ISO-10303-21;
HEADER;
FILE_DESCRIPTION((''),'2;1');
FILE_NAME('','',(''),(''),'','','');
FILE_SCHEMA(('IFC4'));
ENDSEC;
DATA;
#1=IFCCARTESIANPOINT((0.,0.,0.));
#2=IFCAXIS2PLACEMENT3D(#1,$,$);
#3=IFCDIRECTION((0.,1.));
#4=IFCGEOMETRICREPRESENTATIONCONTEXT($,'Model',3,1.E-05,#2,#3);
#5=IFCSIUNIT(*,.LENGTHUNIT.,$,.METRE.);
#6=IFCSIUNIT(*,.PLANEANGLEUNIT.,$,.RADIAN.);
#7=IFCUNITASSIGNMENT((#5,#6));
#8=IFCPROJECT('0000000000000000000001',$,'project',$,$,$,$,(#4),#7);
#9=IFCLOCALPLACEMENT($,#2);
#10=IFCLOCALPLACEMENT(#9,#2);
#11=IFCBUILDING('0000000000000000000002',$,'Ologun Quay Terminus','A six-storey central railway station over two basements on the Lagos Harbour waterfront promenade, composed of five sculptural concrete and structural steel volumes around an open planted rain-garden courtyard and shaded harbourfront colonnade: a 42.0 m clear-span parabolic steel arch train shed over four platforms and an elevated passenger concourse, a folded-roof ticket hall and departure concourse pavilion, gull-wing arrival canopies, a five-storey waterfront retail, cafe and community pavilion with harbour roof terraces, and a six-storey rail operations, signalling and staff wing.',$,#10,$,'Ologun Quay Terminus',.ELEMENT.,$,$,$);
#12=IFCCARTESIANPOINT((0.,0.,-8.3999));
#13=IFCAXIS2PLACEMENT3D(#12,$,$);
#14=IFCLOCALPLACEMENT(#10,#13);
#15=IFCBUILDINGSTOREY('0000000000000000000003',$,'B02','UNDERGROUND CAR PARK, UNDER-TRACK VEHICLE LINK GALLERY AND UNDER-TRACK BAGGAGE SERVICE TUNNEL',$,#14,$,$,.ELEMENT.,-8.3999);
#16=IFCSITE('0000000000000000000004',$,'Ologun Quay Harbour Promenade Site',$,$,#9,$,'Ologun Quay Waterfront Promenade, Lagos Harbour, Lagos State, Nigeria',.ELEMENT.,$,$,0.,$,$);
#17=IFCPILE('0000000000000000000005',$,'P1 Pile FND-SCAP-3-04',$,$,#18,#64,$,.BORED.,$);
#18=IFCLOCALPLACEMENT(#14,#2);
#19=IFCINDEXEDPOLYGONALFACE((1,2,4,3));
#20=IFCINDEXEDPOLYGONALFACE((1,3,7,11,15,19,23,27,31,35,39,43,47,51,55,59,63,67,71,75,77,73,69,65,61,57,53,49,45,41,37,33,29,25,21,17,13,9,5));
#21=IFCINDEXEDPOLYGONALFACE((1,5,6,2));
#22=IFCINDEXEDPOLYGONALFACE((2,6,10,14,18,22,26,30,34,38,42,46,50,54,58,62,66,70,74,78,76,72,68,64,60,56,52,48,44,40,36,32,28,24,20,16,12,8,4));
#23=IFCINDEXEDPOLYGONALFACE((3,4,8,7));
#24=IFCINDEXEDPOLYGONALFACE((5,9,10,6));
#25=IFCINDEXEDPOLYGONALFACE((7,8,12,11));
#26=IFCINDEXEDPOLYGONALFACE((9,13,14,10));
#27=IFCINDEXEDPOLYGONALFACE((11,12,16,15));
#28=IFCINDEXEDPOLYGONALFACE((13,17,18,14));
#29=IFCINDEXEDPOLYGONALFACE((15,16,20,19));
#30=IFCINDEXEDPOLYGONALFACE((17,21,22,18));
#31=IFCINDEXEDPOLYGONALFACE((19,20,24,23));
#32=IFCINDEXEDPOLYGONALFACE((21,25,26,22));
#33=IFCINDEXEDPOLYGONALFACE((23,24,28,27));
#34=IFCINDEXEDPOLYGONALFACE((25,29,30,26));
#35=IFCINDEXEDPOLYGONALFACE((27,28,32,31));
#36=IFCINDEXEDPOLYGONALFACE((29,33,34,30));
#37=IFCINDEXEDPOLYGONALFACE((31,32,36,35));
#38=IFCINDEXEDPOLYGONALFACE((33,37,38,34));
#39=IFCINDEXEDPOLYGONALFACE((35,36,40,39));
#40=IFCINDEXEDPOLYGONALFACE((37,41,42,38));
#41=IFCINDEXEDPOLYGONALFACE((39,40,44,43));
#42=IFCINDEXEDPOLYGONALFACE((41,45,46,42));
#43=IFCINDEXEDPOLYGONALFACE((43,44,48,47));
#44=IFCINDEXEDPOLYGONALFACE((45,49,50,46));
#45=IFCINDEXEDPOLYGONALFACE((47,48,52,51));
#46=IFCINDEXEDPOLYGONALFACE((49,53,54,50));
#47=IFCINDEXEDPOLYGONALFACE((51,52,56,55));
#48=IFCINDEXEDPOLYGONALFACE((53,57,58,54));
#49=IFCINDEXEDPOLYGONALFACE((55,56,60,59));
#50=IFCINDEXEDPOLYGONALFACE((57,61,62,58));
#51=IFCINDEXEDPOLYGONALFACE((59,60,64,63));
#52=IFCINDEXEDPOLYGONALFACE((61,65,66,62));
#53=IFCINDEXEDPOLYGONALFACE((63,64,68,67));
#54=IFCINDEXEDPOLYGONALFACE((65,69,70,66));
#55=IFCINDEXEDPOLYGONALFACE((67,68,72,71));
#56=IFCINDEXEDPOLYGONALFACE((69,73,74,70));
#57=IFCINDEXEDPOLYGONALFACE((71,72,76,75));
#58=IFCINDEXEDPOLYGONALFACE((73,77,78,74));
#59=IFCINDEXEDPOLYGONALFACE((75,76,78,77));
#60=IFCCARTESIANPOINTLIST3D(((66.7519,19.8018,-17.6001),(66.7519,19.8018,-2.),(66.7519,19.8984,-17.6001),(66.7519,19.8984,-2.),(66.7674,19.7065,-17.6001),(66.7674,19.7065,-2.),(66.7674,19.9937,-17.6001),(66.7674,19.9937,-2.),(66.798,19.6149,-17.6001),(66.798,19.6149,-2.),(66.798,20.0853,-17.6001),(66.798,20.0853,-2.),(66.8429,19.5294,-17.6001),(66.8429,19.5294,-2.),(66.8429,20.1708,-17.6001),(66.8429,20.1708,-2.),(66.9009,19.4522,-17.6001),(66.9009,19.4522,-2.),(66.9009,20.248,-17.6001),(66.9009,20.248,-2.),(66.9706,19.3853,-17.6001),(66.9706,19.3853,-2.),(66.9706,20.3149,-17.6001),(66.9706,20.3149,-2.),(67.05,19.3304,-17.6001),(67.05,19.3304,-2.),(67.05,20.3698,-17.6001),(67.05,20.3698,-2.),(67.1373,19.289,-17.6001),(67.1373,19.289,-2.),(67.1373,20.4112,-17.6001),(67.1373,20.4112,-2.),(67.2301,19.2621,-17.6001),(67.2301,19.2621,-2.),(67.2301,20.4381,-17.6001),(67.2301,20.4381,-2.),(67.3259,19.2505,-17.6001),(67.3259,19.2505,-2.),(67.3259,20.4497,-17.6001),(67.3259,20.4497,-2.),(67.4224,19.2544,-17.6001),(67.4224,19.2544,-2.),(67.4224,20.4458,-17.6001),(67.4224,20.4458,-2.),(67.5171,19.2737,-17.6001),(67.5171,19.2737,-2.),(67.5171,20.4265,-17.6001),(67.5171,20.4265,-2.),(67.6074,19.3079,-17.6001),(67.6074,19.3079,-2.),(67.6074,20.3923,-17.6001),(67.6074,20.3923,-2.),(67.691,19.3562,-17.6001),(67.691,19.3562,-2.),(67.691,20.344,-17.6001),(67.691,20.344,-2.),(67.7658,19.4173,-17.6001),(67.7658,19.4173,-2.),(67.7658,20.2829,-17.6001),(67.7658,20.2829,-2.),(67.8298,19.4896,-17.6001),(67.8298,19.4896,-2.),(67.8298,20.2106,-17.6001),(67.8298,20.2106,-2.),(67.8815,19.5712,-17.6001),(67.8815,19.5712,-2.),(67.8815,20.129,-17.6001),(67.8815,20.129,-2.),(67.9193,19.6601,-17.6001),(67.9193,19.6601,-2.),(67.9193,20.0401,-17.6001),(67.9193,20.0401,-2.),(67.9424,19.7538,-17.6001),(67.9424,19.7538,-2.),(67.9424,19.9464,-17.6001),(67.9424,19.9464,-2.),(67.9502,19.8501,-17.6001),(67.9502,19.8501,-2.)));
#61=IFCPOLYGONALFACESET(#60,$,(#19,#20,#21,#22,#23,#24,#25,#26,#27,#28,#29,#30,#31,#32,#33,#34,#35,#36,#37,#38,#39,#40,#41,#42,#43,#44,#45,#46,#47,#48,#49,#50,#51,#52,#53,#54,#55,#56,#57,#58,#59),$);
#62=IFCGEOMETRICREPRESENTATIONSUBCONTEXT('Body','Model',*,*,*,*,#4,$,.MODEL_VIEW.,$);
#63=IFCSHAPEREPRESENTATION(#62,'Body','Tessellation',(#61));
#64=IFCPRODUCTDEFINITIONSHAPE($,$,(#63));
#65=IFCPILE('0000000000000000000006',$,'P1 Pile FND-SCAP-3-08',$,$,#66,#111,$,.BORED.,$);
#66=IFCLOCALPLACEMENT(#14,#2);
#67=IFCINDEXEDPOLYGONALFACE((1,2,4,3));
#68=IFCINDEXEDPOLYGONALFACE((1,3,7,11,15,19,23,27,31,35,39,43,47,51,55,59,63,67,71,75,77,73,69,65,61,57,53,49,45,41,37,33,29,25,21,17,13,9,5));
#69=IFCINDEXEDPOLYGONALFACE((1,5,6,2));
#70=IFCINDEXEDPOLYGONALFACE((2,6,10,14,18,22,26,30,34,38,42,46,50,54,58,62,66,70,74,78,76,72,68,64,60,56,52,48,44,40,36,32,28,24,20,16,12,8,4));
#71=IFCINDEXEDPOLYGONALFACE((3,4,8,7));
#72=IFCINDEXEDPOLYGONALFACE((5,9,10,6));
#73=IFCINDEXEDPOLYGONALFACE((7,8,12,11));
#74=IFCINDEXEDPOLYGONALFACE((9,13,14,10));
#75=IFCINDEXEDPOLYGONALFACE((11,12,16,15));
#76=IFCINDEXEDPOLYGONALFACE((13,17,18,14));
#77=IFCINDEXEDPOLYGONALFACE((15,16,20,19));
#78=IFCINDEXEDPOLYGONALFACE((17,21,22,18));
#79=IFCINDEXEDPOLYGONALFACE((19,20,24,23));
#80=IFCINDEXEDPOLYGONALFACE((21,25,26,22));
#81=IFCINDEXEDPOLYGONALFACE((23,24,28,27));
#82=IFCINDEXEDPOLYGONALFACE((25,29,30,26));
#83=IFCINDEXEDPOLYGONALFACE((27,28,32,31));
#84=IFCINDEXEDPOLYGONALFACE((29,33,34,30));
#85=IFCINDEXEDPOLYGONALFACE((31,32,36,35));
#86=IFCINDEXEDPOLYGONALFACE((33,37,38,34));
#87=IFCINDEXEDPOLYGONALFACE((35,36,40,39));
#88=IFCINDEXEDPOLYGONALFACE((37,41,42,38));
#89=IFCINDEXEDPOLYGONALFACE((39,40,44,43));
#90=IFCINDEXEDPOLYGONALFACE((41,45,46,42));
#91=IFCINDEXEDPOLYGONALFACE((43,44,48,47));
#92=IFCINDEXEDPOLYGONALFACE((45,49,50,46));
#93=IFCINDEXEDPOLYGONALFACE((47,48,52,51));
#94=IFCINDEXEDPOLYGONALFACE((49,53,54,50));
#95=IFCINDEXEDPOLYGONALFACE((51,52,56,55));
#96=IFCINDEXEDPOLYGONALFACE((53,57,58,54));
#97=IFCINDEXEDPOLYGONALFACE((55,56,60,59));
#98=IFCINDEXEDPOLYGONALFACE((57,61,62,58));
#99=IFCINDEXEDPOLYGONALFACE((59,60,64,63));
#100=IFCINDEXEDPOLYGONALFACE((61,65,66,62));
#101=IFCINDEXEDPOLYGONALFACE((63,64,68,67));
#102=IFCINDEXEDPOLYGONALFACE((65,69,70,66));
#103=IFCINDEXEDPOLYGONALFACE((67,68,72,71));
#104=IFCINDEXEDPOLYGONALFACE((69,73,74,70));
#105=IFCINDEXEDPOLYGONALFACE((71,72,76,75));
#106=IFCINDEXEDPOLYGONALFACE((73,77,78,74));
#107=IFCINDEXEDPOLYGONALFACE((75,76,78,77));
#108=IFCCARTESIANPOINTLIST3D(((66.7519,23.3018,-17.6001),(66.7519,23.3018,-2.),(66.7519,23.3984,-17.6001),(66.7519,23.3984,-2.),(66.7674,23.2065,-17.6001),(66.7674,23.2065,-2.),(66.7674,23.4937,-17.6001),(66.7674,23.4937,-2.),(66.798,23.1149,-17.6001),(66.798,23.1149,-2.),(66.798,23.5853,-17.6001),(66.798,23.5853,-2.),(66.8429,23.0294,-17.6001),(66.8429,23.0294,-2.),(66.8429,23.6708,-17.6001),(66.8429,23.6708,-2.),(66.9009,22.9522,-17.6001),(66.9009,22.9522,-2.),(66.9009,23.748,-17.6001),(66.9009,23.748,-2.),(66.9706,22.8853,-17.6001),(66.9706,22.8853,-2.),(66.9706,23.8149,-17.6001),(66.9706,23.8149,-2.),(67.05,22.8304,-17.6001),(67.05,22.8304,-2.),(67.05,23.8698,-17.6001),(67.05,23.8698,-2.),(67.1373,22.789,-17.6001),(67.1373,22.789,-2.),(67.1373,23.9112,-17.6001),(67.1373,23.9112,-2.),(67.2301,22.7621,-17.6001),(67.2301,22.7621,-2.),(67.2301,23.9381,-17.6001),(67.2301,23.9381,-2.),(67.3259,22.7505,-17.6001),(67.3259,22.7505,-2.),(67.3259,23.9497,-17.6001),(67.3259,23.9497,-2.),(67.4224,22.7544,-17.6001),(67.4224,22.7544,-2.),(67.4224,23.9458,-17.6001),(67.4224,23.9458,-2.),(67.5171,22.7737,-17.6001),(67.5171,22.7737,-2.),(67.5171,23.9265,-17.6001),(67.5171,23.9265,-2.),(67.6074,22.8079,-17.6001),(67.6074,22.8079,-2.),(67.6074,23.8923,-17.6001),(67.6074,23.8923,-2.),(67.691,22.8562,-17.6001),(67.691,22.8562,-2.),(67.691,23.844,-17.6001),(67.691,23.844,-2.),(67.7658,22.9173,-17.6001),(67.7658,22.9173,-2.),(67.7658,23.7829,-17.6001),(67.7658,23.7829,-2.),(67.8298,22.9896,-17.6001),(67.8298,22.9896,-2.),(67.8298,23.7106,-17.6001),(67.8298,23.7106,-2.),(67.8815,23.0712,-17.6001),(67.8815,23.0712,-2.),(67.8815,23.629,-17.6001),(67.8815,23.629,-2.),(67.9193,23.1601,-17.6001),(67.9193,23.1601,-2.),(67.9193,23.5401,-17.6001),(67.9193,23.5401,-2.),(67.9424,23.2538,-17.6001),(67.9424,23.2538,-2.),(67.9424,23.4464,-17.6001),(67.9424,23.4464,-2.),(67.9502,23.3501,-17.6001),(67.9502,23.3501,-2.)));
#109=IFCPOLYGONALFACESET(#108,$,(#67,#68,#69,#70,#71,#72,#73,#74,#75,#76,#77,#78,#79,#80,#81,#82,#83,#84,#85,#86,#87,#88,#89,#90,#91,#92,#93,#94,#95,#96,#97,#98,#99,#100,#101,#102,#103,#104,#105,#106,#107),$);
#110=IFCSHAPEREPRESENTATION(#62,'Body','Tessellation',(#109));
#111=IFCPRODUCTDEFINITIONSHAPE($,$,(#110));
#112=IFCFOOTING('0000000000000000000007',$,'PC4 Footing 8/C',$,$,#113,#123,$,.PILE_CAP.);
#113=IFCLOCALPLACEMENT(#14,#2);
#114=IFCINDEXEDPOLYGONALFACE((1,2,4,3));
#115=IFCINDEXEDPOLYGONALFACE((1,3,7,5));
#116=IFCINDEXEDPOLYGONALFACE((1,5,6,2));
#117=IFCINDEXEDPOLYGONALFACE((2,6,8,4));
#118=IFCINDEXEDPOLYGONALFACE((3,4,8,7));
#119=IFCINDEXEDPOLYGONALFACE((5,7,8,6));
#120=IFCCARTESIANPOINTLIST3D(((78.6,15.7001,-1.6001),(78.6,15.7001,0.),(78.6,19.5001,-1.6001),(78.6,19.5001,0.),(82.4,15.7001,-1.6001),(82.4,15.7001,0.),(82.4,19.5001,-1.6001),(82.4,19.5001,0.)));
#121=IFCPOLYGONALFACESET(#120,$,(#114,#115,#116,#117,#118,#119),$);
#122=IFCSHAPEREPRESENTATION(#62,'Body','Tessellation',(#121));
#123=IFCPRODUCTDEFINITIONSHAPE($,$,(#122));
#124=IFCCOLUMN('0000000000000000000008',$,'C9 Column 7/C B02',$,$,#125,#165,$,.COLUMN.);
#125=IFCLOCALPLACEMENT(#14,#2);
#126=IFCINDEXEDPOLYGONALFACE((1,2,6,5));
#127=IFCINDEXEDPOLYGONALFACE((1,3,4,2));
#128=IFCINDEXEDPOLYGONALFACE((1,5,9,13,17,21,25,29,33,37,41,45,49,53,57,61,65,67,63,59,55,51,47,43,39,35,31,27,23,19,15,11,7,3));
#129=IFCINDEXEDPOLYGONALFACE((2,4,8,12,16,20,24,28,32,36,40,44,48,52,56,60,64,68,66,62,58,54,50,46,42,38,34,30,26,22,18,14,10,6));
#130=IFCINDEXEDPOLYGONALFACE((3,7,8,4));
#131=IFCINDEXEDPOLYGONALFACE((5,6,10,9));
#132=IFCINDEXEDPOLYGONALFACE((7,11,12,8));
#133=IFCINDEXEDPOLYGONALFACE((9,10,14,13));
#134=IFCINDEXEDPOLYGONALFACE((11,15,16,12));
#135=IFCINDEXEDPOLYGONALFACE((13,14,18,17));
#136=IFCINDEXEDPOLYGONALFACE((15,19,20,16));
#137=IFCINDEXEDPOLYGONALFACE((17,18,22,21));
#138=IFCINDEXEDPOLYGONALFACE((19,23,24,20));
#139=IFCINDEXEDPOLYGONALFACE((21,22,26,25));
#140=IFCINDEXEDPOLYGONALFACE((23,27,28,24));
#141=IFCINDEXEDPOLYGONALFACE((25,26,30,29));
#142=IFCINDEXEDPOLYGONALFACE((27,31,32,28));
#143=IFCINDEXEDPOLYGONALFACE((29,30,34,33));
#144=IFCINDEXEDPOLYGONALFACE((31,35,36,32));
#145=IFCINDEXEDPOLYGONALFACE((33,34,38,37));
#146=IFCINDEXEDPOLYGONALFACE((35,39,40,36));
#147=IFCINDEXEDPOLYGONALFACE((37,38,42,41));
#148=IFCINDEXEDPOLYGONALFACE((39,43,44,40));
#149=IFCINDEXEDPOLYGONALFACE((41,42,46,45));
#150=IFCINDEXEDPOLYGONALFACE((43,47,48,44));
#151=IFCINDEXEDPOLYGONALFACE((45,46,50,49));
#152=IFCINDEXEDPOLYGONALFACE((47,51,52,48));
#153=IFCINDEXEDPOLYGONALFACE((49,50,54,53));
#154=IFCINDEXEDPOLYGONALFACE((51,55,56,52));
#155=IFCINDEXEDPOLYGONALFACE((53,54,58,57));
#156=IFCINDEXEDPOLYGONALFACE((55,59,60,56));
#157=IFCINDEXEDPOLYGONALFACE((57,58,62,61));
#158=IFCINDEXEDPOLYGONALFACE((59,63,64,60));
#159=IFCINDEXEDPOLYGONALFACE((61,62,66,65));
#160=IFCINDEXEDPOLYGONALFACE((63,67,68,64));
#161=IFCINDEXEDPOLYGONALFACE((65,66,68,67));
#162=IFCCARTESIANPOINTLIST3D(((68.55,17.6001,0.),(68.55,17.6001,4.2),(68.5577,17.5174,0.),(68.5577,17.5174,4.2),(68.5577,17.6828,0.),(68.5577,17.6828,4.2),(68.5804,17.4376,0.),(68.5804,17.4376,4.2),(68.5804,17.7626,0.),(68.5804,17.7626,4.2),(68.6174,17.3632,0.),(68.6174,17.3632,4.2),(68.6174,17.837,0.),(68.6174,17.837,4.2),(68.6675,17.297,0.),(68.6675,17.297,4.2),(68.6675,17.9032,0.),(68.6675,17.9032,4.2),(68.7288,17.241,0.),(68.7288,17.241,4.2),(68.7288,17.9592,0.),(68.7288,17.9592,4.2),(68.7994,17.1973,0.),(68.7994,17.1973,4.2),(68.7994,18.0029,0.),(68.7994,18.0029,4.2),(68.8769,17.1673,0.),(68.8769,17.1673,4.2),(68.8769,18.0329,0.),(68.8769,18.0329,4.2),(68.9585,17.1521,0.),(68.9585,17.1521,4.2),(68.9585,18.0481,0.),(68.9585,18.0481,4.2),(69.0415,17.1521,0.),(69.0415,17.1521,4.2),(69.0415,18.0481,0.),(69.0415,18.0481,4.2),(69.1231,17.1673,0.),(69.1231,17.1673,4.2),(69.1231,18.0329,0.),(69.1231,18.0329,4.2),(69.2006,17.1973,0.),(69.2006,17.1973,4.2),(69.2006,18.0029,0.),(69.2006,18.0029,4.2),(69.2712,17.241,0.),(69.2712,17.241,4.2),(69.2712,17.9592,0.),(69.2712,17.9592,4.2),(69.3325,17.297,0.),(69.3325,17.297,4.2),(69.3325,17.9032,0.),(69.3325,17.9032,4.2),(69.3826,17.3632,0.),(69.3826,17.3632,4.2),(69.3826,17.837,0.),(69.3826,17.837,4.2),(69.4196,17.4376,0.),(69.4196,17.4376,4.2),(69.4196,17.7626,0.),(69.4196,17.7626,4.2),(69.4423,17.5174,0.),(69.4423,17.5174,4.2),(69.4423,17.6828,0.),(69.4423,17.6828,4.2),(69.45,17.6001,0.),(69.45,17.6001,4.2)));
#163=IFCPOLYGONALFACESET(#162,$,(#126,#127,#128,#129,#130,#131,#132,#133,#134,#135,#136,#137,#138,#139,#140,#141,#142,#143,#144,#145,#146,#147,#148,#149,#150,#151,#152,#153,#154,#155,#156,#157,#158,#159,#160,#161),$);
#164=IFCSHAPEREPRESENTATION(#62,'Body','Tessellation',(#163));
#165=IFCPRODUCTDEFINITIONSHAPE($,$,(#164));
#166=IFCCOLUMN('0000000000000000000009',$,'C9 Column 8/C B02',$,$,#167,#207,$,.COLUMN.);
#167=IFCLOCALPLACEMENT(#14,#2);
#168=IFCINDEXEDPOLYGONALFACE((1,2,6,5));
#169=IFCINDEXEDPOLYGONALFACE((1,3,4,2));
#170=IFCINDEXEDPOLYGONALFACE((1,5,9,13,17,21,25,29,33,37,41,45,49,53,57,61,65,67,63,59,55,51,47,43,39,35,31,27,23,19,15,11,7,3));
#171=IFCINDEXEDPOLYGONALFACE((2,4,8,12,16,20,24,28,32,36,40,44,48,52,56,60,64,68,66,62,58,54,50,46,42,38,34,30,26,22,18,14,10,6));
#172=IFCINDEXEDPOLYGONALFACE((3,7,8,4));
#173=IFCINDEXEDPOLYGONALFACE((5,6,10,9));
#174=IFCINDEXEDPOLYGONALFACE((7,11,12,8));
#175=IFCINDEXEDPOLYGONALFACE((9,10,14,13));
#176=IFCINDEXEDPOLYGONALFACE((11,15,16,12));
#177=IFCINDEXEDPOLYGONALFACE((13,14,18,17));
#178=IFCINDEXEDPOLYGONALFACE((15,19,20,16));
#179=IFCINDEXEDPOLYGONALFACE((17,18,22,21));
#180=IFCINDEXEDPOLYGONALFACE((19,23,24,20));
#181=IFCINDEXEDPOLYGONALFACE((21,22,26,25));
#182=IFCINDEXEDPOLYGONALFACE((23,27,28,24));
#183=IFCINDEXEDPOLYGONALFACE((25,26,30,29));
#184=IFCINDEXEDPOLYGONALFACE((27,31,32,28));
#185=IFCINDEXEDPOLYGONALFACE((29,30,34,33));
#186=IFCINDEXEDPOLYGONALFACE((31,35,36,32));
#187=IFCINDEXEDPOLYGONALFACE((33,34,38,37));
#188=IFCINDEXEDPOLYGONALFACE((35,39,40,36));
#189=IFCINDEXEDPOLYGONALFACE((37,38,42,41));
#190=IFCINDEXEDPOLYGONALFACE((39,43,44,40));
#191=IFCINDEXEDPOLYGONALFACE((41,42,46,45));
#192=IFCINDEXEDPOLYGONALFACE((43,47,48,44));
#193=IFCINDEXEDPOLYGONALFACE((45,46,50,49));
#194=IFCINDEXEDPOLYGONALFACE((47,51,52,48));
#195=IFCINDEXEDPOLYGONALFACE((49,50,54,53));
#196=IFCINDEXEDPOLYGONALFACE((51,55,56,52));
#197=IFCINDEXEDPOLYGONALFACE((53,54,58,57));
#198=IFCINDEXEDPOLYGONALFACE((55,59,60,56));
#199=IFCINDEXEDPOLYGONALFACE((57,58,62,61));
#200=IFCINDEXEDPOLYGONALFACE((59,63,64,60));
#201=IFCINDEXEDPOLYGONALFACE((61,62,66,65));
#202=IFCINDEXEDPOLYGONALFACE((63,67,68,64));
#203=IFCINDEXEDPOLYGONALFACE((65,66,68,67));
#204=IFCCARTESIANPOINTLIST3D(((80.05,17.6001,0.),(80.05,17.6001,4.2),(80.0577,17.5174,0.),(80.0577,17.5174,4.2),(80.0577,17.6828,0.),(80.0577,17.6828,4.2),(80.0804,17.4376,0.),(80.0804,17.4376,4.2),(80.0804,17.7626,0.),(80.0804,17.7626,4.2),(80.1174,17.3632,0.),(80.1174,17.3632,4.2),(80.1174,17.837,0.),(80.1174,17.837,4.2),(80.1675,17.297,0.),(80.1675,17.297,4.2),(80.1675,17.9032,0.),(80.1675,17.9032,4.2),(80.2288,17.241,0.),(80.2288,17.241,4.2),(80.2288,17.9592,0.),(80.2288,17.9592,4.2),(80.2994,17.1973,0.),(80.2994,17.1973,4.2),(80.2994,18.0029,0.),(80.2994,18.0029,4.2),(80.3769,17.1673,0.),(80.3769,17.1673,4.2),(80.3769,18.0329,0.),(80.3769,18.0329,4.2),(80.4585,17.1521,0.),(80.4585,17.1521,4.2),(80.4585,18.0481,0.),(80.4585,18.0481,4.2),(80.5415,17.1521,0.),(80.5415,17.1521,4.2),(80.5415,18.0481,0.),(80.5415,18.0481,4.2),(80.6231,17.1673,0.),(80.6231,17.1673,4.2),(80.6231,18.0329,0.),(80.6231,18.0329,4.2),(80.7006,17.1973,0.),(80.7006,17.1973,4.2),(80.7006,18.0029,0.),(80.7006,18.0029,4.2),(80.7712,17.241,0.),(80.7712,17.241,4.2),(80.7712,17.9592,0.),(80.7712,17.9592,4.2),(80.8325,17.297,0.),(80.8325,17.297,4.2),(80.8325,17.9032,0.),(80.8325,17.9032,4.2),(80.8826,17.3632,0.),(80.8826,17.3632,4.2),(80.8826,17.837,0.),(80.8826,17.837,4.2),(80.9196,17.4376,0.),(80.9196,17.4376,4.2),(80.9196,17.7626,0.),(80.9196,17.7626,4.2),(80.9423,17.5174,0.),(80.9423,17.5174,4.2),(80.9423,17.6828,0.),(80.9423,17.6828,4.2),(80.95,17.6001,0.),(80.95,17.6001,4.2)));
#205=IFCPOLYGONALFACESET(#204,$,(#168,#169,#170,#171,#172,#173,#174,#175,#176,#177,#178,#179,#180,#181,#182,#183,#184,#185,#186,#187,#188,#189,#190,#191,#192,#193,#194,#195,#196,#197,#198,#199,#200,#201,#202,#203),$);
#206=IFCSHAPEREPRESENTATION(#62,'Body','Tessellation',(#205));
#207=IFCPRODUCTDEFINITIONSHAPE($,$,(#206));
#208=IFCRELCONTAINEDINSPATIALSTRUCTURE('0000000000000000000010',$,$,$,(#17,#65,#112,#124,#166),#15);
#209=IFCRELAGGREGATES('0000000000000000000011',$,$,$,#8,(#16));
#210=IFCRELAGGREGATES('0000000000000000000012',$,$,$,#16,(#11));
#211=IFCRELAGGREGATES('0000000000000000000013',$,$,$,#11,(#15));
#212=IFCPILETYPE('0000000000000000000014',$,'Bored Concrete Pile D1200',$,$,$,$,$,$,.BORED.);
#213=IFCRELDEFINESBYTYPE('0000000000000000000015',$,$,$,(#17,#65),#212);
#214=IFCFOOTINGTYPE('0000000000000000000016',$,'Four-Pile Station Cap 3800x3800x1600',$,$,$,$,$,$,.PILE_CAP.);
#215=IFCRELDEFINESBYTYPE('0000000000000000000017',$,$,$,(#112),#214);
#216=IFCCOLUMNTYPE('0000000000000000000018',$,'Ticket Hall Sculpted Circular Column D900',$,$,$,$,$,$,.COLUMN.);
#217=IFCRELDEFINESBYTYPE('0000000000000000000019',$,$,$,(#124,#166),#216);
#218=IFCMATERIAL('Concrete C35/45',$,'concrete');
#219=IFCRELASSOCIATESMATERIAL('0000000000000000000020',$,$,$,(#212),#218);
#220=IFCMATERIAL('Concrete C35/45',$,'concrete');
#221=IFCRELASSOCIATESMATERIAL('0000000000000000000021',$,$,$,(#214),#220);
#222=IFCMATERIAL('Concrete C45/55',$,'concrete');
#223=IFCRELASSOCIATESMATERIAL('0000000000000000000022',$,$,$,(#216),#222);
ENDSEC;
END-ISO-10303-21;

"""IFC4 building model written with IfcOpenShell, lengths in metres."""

from ifc_helpers import new_model, si_unit, direction, frame, origin, origin_2d, place, context, subcontext, project, spatial, rectangle, circle, extrude, material, material_profile, profile_set, type_object, element, save


model = new_model("IFC4")

# Units and contexts
model_context = context("Model", 3, precision=1e-05, world=origin(), true_north=direction((0.0, 1.0)))
body_context = subcontext(model_context, "Body", "Model", "MODEL_VIEW")
ifc_project = project(units=[si_unit("LENGTHUNIT", "METRE"), si_unit("PLANEANGLEUNIT", "RADIAN")], contexts=[model_context])

# Site, building, storey
site_placement = place(None, origin())
site = spatial("IfcSite", under=ifc_project, at=site_placement, Name="Ologun Quay Harbour Promenade Site", LongName="Ologun Quay Waterfront Promenade, Lagos Harbour, Lagos State, Nigeria", CompositionType="ELEMENT", RefElevation=0.0)
building_placement = place(site_placement, origin())
building = spatial("IfcBuilding", under=site, at=building_placement, Name="Ologun Quay Terminus", Description="A six-storey central railway station over two basements on the Lagos Harbour waterfront promenade, composed of five sculptural concrete and structural steel volumes around an open planted rain-garden courtyard and shaded harbourfront colonnade: a 42.0 m clear-span parabolic steel arch train shed over four platforms and an elevated passenger concourse, a folded-roof ticket hall and departure concourse pavilion, gull-wing arrival canopies, a five-storey waterfront retail, cafe and community pavilion with harbour roof terraces, and a six-storey rail operations, signalling and staff wing.", LongName="Ologun Quay Terminus", CompositionType="ELEMENT")
storey_placement = place(building_placement, frame((0.0, 0.0, -8.3999)))
storey = spatial("IfcBuildingStorey", under=building, at=storey_placement, Name="B02", Description="UNDERGROUND CAR PARK, UNDER-TRACK VEHICLE LINK GALLERY AND UNDER-TRACK BAGGAGE SERVICE TUNNEL", CompositionType="ELEMENT", Elevation=-8.3999)

# Piles
ifc_material_1 = material(Name="Concrete C35/45", Category="concrete")
ifc_material_profile_1 = material_profile(ifc_material_1, circle(Radius=0.6001, at=origin_2d()), Name="PILE D1200")
ifc_profile_set_1 = profile_set([ifc_material_profile_1], Name="Concrete C35/45")
pile_type_1 = type_object("IfcPileType", Name="Bored Concrete Pile D1200", PredefinedType="BORED", material=ifc_profile_set_1)
for number, where, z_axis, x_axis, name in (
    (1, (67.3501, 19.8501, -2.0), (0.0, 0.0, -1.0), (1.0, 0.0, 0.0), "P1 Pile FND-SCAP-3-04"),
    (2, (67.3501, 23.3501, -2.0), (0.0, 0.0, -1.0), (1.0, 0.0, 0.0), "P1 Pile FND-SCAP-3-08"),
):
    element("IfcPile", number, at=place(storey_placement, frame(where, z_axis=z_axis, x_axis=x_axis)), inside=storey, type_object=pile_type_1, Name=name, PredefinedType="BORED", context=body_context, shape_type="SweptSolid", body=[
        extrude(circle(Radius=0.6001, at=origin_2d()), origin(), (0.0, 0.0, 1.0), 15.6001),
    ])

# Footing
ifc_material_2 = material(Name="Concrete C35/45", Category="concrete")
footing_type = type_object("IfcFootingType", Name="Four-Pile Station Cap 3800x3800x1600", PredefinedType="PILE_CAP", material=ifc_material_2)
footing_placement = place(storey_placement, frame((80.5, 17.6001, -1.6001), z_axis=(0.0, 0.0, 1.0), x_axis=(1.0, 0.0, 0.0)))
element("IfcFooting", 3, at=footing_placement, inside=storey, type_object=footing_type, Name="PC4 Footing 8/C", PredefinedType="PILE_CAP", context=body_context, shape_type="SweptSolid", body=[
    extrude(rectangle(XDim=3.8, YDim=3.8, at=origin_2d()), origin(), (0.0, 0.0, 1.0), 1.6001),
])

# Columns
ifc_material_3 = material(Name="Concrete C45/55", Category="concrete")
ifc_material_profile_2 = material_profile(ifc_material_3, circle(Radius=0.45, at=origin_2d()), Name="RC D900")
ifc_profile_set_2 = profile_set([ifc_material_profile_2], Name="Concrete C45/55")
column_type = type_object("IfcColumnType", Name="Ticket Hall Sculpted Circular Column D900", PredefinedType="COLUMN", material=ifc_profile_set_2)
for number, where, z_axis, x_axis, name in (
    (4, (69.0, 17.6001, 0.0), (0.0, 0.0, 1.0), (1.0, 0.0, 0.0), "C9 Column 7/C B02"),
    (5, (80.5, 17.6001, 0.0), (0.0, 0.0, 1.0), (1.0, 0.0, 0.0), "C9 Column 8/C B02"),
):
    element("IfcColumn", number, at=place(storey_placement, frame(where, z_axis=z_axis, x_axis=x_axis)), inside=storey, type_object=column_type, Name=name, PredefinedType="COLUMN", context=body_context, shape_type="SweptSolid", body=[
        extrude(circle(Radius=0.45, at=origin_2d()), origin(), (0.0, 0.0, 1.0), 4.2),
    ])

save(model, "model.ifc")
